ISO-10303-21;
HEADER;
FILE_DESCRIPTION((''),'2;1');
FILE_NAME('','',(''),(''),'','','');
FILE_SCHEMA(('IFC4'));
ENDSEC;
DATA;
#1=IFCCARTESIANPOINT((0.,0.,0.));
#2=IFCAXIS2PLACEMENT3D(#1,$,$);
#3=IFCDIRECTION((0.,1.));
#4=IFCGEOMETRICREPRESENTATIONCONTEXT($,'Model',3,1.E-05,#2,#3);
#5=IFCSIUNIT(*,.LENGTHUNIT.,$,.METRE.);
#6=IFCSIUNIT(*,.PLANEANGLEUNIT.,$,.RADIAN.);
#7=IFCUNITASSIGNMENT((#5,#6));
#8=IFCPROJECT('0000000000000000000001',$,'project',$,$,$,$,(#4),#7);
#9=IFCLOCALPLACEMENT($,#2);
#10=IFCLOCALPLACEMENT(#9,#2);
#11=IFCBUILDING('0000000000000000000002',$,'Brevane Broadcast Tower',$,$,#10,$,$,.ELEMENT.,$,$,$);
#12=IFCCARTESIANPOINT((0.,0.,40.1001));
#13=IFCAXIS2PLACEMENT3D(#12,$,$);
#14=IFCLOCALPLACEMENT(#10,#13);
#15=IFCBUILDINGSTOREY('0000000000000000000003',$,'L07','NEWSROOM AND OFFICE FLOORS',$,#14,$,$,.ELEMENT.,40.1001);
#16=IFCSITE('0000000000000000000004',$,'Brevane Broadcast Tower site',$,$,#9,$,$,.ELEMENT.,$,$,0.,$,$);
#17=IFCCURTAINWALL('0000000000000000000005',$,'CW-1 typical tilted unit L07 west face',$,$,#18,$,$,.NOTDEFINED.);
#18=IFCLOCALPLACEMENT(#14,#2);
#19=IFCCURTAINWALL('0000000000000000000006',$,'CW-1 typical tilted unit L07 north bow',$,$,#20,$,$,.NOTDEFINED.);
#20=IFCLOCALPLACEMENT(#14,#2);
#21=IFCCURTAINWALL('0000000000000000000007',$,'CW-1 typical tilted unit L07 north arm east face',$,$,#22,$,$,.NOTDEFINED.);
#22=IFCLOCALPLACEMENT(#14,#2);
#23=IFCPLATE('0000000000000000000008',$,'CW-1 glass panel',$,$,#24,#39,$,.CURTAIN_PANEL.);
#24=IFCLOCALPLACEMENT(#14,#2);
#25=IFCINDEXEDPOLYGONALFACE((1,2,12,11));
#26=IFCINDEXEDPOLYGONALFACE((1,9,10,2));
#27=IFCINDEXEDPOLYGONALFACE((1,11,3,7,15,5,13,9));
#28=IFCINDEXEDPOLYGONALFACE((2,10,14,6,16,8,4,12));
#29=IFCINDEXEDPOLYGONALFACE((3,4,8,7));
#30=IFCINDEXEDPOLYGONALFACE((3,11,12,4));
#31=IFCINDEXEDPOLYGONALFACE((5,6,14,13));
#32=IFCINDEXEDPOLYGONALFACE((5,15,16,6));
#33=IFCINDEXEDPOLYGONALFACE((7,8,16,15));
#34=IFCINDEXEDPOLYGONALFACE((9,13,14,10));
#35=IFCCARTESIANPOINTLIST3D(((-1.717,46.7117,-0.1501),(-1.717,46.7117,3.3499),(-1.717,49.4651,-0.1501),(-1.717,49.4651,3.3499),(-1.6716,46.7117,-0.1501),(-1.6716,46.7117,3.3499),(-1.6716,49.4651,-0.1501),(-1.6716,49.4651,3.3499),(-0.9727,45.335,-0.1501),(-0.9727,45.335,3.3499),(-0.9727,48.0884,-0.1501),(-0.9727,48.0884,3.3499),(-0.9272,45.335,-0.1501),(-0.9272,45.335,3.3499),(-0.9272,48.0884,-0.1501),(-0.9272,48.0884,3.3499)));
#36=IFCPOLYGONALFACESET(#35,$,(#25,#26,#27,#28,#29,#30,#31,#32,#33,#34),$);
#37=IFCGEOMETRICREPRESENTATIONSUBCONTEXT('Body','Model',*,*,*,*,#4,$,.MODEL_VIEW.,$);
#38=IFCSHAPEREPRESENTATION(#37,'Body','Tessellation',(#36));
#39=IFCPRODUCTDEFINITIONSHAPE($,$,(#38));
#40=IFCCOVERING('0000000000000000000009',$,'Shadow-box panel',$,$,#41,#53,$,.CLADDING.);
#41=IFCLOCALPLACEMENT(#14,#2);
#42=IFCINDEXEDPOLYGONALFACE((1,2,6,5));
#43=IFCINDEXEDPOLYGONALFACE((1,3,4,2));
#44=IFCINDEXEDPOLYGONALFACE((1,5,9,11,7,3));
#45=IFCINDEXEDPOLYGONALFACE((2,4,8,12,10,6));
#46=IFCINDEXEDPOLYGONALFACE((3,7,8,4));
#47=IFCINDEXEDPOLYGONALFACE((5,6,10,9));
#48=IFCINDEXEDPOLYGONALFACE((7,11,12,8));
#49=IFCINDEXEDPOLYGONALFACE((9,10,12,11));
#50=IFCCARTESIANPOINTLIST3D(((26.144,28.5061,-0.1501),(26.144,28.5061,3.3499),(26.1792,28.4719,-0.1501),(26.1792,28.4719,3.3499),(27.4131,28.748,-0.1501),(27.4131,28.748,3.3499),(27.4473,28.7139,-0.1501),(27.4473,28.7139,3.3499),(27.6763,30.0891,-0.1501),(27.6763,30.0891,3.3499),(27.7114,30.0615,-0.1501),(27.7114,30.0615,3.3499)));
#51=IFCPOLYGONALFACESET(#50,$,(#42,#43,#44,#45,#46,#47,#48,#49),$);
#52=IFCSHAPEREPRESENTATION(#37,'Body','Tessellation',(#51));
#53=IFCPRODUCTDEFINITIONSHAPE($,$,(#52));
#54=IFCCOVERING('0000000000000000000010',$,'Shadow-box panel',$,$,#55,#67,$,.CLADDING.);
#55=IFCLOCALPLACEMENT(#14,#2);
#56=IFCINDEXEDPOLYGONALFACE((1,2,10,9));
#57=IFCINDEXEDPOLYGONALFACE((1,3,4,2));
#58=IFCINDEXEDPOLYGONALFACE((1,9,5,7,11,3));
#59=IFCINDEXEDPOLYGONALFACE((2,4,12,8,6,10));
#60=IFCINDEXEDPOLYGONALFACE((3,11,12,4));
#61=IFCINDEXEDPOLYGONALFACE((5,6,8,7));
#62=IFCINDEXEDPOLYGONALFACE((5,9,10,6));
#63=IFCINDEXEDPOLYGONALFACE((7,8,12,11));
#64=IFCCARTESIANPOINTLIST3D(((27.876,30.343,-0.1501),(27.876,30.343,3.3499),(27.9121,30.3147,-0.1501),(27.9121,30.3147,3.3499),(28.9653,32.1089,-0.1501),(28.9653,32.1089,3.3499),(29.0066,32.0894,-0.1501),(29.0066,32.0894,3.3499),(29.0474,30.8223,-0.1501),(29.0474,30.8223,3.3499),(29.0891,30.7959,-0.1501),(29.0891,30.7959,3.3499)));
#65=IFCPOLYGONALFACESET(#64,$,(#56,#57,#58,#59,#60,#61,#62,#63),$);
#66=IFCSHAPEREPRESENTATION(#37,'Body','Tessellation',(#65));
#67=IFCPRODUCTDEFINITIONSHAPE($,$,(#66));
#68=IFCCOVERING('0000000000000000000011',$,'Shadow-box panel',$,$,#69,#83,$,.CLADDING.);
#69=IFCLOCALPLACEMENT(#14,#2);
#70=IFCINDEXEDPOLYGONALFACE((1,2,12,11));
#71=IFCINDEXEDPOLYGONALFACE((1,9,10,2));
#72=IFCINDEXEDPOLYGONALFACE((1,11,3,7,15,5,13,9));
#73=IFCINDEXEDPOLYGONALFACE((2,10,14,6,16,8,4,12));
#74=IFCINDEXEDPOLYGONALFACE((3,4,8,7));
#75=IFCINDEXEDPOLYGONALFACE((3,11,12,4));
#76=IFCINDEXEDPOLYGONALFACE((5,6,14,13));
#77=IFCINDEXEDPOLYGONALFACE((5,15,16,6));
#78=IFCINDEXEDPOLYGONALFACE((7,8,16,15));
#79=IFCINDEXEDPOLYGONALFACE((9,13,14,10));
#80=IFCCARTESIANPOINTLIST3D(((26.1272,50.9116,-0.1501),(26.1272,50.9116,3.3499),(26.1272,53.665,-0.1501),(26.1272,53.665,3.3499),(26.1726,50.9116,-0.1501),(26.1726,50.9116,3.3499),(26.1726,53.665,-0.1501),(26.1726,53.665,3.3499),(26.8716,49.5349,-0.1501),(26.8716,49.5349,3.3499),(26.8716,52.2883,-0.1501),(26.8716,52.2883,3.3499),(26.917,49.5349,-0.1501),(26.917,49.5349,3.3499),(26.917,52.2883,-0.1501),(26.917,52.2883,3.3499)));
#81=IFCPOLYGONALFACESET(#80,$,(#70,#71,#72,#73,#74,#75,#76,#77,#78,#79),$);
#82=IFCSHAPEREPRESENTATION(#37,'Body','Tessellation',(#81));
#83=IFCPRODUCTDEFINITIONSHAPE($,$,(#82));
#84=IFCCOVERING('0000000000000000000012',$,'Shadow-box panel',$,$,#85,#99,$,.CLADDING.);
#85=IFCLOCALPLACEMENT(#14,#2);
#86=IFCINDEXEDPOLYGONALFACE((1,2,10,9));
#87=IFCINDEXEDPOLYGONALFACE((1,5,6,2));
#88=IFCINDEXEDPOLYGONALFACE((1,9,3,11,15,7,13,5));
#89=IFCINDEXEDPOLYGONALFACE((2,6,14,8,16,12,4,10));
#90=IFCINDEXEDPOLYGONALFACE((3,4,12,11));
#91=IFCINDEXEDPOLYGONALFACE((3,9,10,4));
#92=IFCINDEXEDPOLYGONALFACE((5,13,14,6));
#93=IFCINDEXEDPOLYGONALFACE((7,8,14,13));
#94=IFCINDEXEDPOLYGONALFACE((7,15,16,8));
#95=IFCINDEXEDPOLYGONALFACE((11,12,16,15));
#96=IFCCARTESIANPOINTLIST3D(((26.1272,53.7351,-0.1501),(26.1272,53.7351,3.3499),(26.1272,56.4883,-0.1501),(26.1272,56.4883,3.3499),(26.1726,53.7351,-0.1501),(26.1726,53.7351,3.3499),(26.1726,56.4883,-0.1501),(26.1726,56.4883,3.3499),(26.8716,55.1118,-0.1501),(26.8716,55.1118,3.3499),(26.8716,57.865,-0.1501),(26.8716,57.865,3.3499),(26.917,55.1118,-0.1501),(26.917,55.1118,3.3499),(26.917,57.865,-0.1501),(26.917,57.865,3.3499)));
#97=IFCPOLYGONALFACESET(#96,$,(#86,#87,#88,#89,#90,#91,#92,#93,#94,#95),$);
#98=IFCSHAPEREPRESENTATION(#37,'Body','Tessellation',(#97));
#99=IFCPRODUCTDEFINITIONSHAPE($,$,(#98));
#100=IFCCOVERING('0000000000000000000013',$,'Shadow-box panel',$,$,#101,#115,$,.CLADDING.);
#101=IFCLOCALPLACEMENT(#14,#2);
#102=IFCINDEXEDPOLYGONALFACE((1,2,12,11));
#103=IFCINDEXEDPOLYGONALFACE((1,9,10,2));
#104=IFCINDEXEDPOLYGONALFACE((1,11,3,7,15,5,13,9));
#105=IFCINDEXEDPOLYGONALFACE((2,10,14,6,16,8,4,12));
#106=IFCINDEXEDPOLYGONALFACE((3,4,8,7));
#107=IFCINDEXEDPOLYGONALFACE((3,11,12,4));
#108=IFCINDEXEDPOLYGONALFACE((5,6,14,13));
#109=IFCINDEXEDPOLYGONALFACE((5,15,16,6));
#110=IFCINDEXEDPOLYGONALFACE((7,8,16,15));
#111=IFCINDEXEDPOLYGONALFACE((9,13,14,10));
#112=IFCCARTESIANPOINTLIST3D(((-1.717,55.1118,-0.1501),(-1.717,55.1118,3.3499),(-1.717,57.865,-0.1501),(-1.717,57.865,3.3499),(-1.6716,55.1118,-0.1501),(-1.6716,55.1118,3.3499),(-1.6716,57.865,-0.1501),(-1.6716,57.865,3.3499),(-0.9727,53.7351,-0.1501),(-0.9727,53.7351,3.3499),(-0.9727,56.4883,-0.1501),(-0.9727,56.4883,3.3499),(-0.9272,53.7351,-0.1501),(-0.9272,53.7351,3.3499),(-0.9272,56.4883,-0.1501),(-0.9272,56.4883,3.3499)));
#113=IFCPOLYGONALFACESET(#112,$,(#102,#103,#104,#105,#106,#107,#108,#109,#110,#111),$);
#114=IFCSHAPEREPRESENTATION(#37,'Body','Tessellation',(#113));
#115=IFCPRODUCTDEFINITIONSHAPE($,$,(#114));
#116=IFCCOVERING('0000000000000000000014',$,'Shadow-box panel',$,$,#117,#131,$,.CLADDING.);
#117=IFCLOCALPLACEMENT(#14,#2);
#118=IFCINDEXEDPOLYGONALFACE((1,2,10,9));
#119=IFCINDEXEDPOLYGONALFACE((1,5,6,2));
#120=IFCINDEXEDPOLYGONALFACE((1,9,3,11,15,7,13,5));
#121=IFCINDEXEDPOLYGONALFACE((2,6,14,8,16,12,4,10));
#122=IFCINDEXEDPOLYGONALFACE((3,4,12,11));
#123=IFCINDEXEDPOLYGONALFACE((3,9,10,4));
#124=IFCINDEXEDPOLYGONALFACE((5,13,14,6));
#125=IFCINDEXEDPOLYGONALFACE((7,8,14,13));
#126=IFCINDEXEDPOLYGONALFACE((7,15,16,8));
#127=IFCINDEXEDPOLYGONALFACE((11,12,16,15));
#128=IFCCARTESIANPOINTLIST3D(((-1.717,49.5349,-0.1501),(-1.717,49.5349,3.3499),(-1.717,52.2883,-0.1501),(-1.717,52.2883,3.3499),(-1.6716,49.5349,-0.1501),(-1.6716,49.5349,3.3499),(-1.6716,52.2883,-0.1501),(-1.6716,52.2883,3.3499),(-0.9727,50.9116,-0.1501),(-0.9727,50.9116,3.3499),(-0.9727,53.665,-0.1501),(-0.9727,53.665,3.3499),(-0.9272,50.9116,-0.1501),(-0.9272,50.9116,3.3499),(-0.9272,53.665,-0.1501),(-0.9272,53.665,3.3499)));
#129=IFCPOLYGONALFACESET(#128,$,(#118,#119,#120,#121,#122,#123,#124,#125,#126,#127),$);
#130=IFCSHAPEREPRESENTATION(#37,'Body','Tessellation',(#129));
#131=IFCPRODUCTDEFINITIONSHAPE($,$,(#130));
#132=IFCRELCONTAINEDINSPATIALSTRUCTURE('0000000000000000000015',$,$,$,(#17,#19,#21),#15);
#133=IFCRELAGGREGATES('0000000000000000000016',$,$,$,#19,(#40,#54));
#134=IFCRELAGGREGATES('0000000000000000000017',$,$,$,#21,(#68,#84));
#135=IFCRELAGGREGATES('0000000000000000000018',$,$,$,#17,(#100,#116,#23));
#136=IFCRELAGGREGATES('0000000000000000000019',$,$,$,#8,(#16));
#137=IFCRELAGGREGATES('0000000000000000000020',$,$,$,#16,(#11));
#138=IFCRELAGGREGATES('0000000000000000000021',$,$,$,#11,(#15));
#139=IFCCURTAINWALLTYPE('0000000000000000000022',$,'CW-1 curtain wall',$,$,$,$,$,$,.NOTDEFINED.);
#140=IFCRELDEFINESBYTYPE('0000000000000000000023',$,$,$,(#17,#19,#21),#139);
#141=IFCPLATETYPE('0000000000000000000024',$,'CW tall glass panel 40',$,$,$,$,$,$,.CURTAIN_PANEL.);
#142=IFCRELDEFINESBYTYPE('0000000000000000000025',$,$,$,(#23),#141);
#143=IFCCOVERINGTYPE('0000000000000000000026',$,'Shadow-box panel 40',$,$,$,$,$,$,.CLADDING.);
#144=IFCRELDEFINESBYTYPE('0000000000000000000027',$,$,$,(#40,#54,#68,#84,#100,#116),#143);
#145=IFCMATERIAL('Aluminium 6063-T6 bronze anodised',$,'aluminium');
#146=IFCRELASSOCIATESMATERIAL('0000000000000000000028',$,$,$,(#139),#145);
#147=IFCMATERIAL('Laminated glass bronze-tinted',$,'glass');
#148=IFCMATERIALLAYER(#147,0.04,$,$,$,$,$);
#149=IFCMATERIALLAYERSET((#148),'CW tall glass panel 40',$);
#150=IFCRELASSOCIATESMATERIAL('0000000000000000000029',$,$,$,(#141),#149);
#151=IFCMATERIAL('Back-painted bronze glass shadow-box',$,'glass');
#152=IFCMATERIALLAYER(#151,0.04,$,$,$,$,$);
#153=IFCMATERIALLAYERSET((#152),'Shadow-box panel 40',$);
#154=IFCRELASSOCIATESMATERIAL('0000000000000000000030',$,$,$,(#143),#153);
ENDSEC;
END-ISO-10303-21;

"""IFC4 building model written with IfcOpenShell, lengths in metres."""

from ifc_helpers import new_model, si_unit, direction, frame, origin, place, context, subcontext, project, spatial, polyline, outline, extrude, material, layer, layer_set, type_object, element, aggregate, save


model = new_model("IFC4")

# Units and contexts
model_context = context("Model", 3, precision=1e-05, world=origin(), true_north=direction((0.0, 1.0)))
body_context = subcontext(model_context, "Body", "Model", "MODEL_VIEW")
ifc_project = project(units=[si_unit("LENGTHUNIT", "METRE"), si_unit("PLANEANGLEUNIT", "RADIAN")], contexts=[model_context])

# Site, building, storey
site_placement = place(None, origin())
site = spatial("IfcSite", under=ifc_project, at=site_placement, Name="Brevane Broadcast Tower site", CompositionType="ELEMENT", RefElevation=0.0)
building_placement = place(site_placement, origin())
building = spatial("IfcBuilding", under=site, at=building_placement, Name="Brevane Broadcast Tower", CompositionType="ELEMENT")
storey_placement = place(building_placement, frame((0.0, 0.0, 40.1001)))
storey = spatial("IfcBuildingStorey", under=building, at=storey_placement, Name="L07", Description="NEWSROOM AND OFFICE FLOORS", CompositionType="ELEMENT", Elevation=40.1001)

# Curtain wall
ifc_material_1 = material(Name="Aluminium 6063-T6 bronze anodised", Category="aluminium")
curtain_wall_type = type_object("IfcCurtainWallType", Name="CW-1 curtain wall", PredefinedType="NOTDEFINED", material=ifc_material_1)
curtain_wall_1_placement = place(storey_placement, origin())
curtain_wall_1 = element("IfcCurtainWall", 1, at=curtain_wall_1_placement, inside=storey, type_object=curtain_wall_type, Name="CW-1 typical tilted unit L07 west face", PredefinedType="NOTDEFINED")

# Curtain walls
ifc_material_2 = material(Name="Laminated glass bronze-tinted", Category="glass")
ifc_layer_1 = layer(ifc_material_2, 0.04)
ifc_layer_set_1 = layer_set([ifc_layer_1], Name="CW tall glass panel 40")
plate_type = type_object("IfcPlateType", Name="CW tall glass panel 40", PredefinedType="CURTAIN_PANEL", material=ifc_layer_set_1)
curtain_wall_2_placement = place(storey_placement, origin())
curtain_wall_2 = element("IfcCurtainWall", 2, at=curtain_wall_2_placement, inside=storey, type_object=curtain_wall_type, Name="CW-1 typical tilted unit L07 north bow", PredefinedType="NOTDEFINED")
curtain_wall_3_placement = place(storey_placement, origin())
curtain_wall_3 = element("IfcCurtainWall", 3, at=curtain_wall_3_placement, inside=storey, type_object=curtain_wall_type, Name="CW-1 typical tilted unit L07 north arm east face", PredefinedType="NOTDEFINED")

# Plate
plate_1_placement = place(storey_placement, frame((0.0, 0.0, -0.1501)))
plate_1 = element("IfcPlate", 4, at=plate_1_placement, type_object=plate_type, Name="CW-1 glass panel", PredefinedType="CURTAIN_PANEL", context=body_context, shape_type="SweptSolid", body=[
    extrude(outline(polyline([(-1.6716, 49.4651), (-1.717, 49.4651), (-0.9727, 48.0884), (-1.717, 46.7117), (-0.9727, 45.335), (-0.9272, 45.335), (-1.6716, 46.7117), (-0.9272, 48.0884), (-1.6716, 49.4651)])), origin(), (0.0, 0.0, 1.0), 3.5),
])

# Coverings
ifc_material_3 = material(Name="Back-painted bronze glass shadow-box", Category="glass")
ifc_layer_2 = layer(ifc_material_3, 0.04)
ifc_layer_set_2 = layer_set([ifc_layer_2], Name="Shadow-box panel 40")
covering_type = type_object("IfcCoveringType", Name="Shadow-box panel 40", PredefinedType="CLADDING", material=ifc_layer_set_2)
covering_1_placement = place(storey_placement, frame((0.0, 0.0, -0.1501)))
covering_1 = element("IfcCovering", 5, at=covering_1_placement, type_object=covering_type, Name="Shadow-box panel", PredefinedType="CLADDING", context=body_context, shape_type="SweptSolid", body=[
    extrude(outline(polyline([(26.144, 28.5061), (26.1792, 28.4719), (27.4473, 28.7139), (27.7114, 30.0615), (27.6763, 30.0891), (27.4131, 28.748), (26.144, 28.5061)])), origin(), (0.0, 0.0, 1.0), 3.5),
])
covering_2_placement = place(storey_placement, frame((0.0, 0.0, -0.1501)))
covering_2 = element("IfcCovering", 6, at=covering_2_placement, type_object=covering_type, Name="Shadow-box panel", PredefinedType="CLADDING", context=body_context, shape_type="SweptSolid", body=[
    extrude(outline(polyline([(27.876, 30.343), (27.9121, 30.3147), (29.0891, 30.7959), (29.0066, 32.0894), (28.9653, 32.1089), (29.0474, 30.8223), (27.876, 30.343)])), origin(), (0.0, 0.0, 1.0), 3.5),
])
aggregate(curtain_wall_2, [covering_1, covering_2])
covering_3_placement = place(storey_placement, frame((0.0, 0.0, -0.1501)))
covering_3 = element("IfcCovering", 7, at=covering_3_placement, type_object=covering_type, Name="Shadow-box panel", PredefinedType="CLADDING", context=body_context, shape_type="SweptSolid", body=[
    extrude(outline(polyline([(26.8716, 49.5349), (26.917, 49.5349), (26.1726, 50.9116), (26.917, 52.2883), (26.1726, 53.665), (26.1272, 53.665), (26.8716, 52.2883), (26.1272, 50.9116), (26.8716, 49.5349)])), origin(), (0.0, 0.0, 1.0), 3.5),
])
covering_4_placement = place(storey_placement, frame((0.0, 0.0, -0.1501)))
covering_4 = element("IfcCovering", 8, at=covering_4_placement, type_object=covering_type, Name="Shadow-box panel", PredefinedType="CLADDING", context=body_context, shape_type="SweptSolid", body=[
    extrude(outline(polyline([(26.1272, 53.7351), (26.1726, 53.7351), (26.917, 55.1118), (26.1726, 56.4883), (26.917, 57.865), (26.8716, 57.865), (26.1272, 56.4883), (26.8716, 55.1118), (26.1272, 53.7351)])), origin(), (0.0, 0.0, 1.0), 3.5),
])
aggregate(curtain_wall_3, [covering_3, covering_4])
covering_5_placement = place(storey_placement, frame((0.0, 0.0, -0.1501)))
covering_5 = element("IfcCovering", 9, at=covering_5_placement, type_object=covering_type, Name="Shadow-box panel", PredefinedType="CLADDING", context=body_context, shape_type="SweptSolid", body=[
    extrude(outline(polyline([(-1.6716, 57.865), (-1.717, 57.865), (-0.9727, 56.4883), (-1.717, 55.1118), (-0.9727, 53.7351), (-0.9272, 53.7351), (-1.6716, 55.1118), (-0.9272, 56.4883), (-1.6716, 57.865)])), origin(), (0.0, 0.0, 1.0), 3.5),
])
covering_6_placement = place(storey_placement, frame((0.0, 0.0, -0.1501)))
covering_6 = element("IfcCovering", 10, at=covering_6_placement, type_object=covering_type, Name="Shadow-box panel", PredefinedType="CLADDING", context=body_context, shape_type="SweptSolid", body=[
    extrude(outline(polyline([(-0.9272, 53.665), (-0.9727, 53.665), (-1.717, 52.2883), (-0.9727, 50.9116), (-1.717, 49.5349), (-1.6716, 49.5349), (-0.9272, 50.9116), (-1.6716, 52.2883), (-0.9272, 53.665)])), origin(), (0.0, 0.0, 1.0), 3.5),
])
aggregate(curtain_wall_1, [covering_5, covering_6, plate_1])

save(model, "model.ifc")
